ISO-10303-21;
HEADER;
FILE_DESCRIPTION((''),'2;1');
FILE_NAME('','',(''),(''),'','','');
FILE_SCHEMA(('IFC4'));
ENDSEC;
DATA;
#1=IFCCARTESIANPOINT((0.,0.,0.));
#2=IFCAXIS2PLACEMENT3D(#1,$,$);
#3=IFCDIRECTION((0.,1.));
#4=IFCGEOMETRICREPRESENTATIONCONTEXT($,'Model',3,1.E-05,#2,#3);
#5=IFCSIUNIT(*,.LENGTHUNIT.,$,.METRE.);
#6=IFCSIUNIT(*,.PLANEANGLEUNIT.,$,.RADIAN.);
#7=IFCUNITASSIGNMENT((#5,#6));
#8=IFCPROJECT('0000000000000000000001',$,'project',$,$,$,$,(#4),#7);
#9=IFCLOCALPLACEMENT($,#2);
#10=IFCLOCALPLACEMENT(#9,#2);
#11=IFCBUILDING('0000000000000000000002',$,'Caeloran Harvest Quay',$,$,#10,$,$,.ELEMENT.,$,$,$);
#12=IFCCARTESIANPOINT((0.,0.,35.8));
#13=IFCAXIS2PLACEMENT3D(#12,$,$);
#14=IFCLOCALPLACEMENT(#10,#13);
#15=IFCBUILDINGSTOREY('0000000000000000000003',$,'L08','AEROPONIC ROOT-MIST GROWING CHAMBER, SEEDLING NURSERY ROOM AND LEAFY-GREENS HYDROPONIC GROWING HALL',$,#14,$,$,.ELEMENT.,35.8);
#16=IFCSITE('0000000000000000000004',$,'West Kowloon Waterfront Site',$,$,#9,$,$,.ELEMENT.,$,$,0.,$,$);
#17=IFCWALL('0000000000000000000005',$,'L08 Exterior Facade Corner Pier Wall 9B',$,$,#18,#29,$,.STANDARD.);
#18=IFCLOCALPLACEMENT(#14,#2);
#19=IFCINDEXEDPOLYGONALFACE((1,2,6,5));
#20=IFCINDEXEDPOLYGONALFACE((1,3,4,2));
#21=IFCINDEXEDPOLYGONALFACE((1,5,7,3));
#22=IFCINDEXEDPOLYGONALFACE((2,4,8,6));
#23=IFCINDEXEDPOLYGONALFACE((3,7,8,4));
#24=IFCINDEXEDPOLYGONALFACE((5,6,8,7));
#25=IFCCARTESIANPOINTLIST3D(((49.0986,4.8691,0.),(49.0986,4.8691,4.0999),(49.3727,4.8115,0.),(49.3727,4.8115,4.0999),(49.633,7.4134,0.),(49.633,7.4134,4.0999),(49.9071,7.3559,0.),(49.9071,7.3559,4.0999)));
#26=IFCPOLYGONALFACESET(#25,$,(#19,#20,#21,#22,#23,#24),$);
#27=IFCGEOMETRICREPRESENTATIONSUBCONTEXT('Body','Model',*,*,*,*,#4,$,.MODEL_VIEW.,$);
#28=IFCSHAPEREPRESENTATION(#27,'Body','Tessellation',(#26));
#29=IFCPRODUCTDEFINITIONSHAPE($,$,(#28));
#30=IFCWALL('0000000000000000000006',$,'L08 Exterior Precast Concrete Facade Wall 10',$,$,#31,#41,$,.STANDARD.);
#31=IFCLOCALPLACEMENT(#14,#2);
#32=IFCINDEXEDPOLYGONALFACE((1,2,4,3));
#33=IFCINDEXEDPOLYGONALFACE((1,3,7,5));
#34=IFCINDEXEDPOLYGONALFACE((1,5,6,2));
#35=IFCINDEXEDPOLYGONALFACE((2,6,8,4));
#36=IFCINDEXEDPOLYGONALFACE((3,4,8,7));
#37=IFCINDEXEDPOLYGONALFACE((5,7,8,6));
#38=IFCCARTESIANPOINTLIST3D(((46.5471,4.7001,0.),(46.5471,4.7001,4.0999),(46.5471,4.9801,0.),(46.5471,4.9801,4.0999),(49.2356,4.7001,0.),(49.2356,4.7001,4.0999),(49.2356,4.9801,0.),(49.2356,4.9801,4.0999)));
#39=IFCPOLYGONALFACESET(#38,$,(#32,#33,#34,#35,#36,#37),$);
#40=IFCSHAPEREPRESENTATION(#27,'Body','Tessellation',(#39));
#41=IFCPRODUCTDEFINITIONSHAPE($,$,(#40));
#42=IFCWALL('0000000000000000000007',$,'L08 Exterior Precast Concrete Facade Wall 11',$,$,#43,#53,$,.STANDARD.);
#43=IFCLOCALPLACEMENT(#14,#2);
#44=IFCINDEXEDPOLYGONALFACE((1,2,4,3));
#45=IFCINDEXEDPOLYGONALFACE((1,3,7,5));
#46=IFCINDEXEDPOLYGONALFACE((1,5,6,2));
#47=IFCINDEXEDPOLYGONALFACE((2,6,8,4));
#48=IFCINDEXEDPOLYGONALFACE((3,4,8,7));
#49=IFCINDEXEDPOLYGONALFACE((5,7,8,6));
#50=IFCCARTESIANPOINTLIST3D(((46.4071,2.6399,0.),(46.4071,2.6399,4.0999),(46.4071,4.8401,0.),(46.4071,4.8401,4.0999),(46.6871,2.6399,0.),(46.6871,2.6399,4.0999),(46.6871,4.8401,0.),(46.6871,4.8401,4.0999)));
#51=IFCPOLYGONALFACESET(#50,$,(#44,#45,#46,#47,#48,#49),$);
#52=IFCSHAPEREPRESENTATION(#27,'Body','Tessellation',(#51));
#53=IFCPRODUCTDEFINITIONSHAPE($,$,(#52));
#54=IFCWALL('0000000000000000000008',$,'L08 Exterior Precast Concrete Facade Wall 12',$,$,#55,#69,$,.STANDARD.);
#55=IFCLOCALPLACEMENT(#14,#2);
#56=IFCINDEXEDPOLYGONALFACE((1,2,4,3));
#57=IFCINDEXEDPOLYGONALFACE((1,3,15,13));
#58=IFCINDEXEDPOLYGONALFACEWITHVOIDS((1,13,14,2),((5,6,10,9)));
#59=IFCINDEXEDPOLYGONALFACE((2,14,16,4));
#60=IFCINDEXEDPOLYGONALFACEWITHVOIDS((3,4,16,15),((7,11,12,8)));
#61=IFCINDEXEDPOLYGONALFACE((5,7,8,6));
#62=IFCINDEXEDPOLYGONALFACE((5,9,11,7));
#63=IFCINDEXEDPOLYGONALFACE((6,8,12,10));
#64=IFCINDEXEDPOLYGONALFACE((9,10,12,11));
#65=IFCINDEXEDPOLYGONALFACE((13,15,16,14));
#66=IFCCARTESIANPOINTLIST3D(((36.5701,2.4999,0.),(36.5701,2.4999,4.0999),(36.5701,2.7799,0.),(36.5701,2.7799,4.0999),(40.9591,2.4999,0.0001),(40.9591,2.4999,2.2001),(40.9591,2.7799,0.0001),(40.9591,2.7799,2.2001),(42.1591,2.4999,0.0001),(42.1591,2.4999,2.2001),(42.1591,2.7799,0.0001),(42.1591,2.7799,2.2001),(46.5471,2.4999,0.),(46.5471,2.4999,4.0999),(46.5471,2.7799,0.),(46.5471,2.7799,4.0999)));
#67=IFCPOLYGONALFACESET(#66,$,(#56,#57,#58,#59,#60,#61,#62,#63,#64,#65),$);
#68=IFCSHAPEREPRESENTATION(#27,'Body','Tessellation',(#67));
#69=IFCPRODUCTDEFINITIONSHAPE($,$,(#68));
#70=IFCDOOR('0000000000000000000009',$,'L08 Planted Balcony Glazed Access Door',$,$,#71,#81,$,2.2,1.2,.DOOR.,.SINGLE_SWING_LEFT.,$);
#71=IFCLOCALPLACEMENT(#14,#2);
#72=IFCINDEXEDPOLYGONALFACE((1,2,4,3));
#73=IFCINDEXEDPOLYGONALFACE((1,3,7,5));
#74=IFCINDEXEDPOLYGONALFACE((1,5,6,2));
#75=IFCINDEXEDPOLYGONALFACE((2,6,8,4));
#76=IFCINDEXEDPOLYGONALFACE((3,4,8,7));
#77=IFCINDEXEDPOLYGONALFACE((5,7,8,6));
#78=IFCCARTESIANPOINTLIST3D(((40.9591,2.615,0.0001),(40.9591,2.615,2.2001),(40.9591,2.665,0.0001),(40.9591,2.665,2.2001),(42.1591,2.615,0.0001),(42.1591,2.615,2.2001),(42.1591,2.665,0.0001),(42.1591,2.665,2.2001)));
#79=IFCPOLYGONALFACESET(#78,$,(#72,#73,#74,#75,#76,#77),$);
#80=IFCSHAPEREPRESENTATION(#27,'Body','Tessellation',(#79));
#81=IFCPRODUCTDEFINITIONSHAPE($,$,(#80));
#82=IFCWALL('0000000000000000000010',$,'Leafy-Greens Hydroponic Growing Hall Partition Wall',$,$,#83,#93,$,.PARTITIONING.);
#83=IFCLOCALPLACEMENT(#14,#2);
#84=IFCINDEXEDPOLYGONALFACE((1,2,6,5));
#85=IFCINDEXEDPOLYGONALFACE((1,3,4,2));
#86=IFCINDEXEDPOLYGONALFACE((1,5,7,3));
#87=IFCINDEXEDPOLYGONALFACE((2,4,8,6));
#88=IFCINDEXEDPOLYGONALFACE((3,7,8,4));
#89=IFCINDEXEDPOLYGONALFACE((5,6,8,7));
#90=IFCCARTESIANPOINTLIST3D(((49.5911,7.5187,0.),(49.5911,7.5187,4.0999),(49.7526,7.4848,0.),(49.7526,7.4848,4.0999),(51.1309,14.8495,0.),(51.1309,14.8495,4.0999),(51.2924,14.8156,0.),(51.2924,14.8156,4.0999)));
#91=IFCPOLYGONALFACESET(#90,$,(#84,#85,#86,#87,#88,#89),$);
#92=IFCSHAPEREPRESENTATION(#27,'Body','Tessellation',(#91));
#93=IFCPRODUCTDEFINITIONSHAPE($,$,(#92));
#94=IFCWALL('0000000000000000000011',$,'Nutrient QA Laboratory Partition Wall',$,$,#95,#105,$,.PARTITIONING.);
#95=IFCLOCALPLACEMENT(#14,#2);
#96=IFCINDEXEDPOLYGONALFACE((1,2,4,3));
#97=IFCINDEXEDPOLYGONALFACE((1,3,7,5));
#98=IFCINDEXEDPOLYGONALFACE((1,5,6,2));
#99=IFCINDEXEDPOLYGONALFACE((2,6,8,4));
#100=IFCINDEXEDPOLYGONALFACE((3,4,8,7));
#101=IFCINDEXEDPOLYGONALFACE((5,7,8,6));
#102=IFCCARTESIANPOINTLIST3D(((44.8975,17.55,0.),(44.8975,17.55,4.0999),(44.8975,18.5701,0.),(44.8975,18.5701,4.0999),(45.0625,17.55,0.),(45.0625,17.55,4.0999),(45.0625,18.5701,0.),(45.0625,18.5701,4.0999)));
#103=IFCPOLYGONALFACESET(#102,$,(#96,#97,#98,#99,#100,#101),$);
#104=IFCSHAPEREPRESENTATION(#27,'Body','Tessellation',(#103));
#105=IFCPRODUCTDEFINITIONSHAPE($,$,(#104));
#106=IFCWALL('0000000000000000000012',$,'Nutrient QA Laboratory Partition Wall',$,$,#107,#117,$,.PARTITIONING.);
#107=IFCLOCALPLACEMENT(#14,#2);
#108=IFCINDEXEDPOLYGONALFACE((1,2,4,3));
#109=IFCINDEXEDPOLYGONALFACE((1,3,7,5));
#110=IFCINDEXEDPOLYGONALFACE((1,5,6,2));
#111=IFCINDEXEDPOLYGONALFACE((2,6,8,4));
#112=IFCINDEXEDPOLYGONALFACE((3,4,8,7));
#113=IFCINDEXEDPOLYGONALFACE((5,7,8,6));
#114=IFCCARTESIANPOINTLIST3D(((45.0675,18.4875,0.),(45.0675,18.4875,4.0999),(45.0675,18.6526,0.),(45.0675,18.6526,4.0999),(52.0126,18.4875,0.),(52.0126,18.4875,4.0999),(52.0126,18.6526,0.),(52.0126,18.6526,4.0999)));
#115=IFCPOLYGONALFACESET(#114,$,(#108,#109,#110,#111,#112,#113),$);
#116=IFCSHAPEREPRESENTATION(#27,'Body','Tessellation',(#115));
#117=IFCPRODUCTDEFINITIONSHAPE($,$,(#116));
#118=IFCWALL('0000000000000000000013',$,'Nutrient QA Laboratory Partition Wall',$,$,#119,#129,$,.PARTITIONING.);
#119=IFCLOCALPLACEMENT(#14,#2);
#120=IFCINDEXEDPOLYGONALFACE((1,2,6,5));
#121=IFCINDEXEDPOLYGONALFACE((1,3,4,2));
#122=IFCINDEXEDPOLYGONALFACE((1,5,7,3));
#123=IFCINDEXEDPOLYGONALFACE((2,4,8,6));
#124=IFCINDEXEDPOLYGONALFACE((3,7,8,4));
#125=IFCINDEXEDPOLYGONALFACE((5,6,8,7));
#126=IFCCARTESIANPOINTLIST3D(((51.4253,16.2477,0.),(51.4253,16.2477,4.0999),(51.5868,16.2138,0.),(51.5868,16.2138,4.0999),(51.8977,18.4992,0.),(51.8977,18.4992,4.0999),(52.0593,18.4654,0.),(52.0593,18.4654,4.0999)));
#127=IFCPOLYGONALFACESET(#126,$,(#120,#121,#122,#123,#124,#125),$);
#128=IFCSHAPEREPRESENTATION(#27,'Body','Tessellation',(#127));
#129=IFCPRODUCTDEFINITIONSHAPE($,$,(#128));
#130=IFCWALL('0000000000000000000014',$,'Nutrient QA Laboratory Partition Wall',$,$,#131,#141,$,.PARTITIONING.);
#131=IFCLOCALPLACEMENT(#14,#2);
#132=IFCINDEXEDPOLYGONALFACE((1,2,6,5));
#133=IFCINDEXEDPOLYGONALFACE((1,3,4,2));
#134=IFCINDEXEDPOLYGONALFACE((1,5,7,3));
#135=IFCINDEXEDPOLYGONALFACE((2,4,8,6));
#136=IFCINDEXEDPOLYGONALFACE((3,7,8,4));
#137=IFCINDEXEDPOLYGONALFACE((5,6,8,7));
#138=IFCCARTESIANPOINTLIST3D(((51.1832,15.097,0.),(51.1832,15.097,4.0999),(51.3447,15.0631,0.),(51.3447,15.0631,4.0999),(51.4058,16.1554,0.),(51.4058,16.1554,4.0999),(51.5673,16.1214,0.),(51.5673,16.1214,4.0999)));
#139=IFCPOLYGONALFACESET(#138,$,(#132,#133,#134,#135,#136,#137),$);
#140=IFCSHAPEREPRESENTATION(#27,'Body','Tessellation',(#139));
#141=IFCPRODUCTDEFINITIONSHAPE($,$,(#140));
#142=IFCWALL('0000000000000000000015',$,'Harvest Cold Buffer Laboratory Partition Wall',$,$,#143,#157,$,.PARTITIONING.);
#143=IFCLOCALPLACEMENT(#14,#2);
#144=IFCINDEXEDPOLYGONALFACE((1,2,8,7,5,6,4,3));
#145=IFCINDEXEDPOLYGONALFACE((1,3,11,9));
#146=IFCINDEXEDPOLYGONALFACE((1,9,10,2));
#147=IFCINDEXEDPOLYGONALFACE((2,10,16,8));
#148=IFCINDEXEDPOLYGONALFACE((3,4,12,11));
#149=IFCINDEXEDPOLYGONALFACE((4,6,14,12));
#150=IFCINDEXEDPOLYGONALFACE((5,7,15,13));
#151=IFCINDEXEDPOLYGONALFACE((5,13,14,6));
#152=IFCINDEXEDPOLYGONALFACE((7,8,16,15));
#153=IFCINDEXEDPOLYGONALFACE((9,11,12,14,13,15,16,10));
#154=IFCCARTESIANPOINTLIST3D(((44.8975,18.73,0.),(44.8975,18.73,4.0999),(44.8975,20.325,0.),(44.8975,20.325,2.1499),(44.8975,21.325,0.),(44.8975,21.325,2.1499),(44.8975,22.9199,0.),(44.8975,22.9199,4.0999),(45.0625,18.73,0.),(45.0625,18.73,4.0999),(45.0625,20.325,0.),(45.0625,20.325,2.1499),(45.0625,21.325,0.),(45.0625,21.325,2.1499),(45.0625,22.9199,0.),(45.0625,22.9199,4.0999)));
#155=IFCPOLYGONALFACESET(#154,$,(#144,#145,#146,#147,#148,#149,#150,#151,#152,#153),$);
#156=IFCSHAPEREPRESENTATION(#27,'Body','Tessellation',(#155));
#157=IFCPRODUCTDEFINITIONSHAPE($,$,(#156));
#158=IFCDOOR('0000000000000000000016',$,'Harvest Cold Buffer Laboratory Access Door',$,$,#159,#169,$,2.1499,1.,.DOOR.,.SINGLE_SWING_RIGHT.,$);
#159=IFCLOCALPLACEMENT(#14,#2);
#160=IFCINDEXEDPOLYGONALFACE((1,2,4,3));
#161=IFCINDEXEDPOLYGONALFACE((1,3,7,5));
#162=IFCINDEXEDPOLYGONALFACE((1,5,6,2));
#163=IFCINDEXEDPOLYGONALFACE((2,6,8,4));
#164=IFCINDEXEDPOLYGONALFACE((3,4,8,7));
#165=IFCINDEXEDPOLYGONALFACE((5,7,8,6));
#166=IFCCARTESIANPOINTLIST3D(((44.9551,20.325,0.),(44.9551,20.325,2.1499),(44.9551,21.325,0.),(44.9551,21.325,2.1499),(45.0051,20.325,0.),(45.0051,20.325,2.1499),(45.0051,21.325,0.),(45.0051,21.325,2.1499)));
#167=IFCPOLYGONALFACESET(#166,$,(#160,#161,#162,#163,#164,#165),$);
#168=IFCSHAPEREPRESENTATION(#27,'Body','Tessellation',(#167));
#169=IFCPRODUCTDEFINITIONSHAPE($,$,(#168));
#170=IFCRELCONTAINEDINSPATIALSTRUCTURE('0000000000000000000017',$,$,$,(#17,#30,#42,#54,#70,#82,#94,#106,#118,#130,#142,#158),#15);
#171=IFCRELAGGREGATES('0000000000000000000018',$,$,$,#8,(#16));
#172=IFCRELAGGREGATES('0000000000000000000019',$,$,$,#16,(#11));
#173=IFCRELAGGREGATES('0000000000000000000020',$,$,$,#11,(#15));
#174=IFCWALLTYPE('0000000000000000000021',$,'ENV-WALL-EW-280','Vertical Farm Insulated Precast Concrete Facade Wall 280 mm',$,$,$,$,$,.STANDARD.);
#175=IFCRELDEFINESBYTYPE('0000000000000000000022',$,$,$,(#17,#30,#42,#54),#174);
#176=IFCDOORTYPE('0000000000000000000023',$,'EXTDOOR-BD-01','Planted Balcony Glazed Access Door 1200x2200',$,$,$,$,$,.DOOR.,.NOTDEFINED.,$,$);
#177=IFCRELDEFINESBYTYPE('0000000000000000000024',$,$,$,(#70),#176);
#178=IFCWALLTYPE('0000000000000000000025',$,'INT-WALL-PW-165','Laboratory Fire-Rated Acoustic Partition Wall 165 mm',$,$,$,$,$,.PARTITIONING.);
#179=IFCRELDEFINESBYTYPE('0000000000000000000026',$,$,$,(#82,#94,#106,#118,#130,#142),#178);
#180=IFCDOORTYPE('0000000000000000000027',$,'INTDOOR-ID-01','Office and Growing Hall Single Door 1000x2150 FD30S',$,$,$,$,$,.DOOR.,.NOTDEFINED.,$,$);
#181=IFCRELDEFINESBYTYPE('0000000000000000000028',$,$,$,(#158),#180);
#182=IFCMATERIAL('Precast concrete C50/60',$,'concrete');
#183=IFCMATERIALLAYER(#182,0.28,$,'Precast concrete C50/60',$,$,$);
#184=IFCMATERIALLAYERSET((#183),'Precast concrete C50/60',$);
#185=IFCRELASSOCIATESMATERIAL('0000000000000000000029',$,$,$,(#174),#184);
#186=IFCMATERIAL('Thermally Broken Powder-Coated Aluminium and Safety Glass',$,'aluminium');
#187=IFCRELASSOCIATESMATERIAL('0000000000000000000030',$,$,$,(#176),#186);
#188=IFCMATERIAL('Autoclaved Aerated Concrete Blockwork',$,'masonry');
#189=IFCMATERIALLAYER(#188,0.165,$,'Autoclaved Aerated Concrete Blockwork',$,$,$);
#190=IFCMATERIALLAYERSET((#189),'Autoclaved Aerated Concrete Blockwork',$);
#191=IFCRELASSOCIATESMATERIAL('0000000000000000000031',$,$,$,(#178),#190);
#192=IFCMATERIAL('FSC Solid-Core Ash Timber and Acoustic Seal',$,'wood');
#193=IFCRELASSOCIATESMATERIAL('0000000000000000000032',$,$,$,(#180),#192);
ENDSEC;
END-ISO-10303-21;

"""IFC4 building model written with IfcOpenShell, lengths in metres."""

from ifc_helpers import new_model, si_unit, direction, frame, frame_2d, origin, place, context, subcontext, project, spatial, rectangle, extrude, material, layer, layer_set, type_object, element, fill, save


model = new_model("IFC4")

# Units and contexts
model_context = context("Model", 3, precision=1e-05, world=origin(), true_north=direction((0.0, 1.0)))
body_context = subcontext(model_context, "Body", "Model", "MODEL_VIEW")
ifc_project = project(units=[si_unit("LENGTHUNIT", "METRE"), si_unit("PLANEANGLEUNIT", "RADIAN")], contexts=[model_context])

# Site, building, storey
site_placement = place(None, origin())
site = spatial("IfcSite", under=ifc_project, at=site_placement, Name="West Kowloon Waterfront Site", CompositionType="ELEMENT", RefElevation=0.0)
building_placement = place(site_placement, origin())
building = spatial("IfcBuilding", under=site, at=building_placement, Name="Caeloran Harvest Quay", CompositionType="ELEMENT")
storey_placement = place(building_placement, frame((0.0, 0.0, 35.8)))
storey = spatial("IfcBuildingStorey", under=building, at=storey_placement, Name="L08", Description="AEROPONIC ROOT-MIST GROWING CHAMBER, SEEDLING NURSERY ROOM AND LEAFY-GREENS HYDROPONIC GROWING HALL", CompositionType="ELEMENT", Elevation=35.8)

# Shared definitions
ifc_material_1 = material(Name="Precast concrete C50/60", Category="concrete")

# Walls
ifc_layer_1 = layer(ifc_material_1, 0.28, Name="Precast concrete C50/60")
ifc_layer_set_1 = layer_set([ifc_layer_1], Name="Precast concrete C50/60")
wall_type_1 = type_object("IfcWallType", Name="ENV-WALL-EW-280", Description="Vertical Farm Insulated Precast Concrete Facade Wall 280 mm", PredefinedType="STANDARD", material=ifc_layer_set_1)
wall_1_placement = place(storey_placement, frame((49.77, 7.3845, 0.0), z_axis=(0.0, 0.0, 1.0), x_axis=(-0.205551, -0.978646, 0.0)))
element("IfcWall", 1, at=wall_1_placement, inside=storey, type_object=wall_type_1, Name="L08 Exterior Facade Corner Pier Wall 9B", PredefinedType="STANDARD", context=body_context, shape_type="SweptSolid", body=[
    extrude(rectangle(XDim=2.5999, YDim=0.28, at=frame_2d((1.2998, 0.0))), origin(), (0.0, 0.0, 1.0), 4.0999),
])
wall_2_placement = place(storey_placement, frame((49.2356, 4.8401, 0.0), z_axis=(0.0, 0.0, 1.0), x_axis=(-1.0, 0.0, 0.0)))
element("IfcWall", 2, at=wall_2_placement, inside=storey, type_object=wall_type_1, Name="L08 Exterior Precast Concrete Facade Wall 10", PredefinedType="STANDARD", context=body_context, shape_type="SweptSolid", body=[
    extrude(rectangle(XDim=2.6885, YDim=0.28, at=frame_2d((1.3442, 0.0))), origin(), (0.0, 0.0, 1.0), 4.0999),
])
wall_3_placement = place(storey_placement, frame((46.5471, 4.8401, 0.0), z_axis=(0.0, 0.0, 1.0), x_axis=(0.0, -1.0, 0.0)))
element("IfcWall", 3, at=wall_3_placement, inside=storey, type_object=wall_type_1, Name="L08 Exterior Precast Concrete Facade Wall 11", PredefinedType="STANDARD", context=body_context, shape_type="SweptSolid", body=[
    extrude(rectangle(XDim=2.2002, YDim=0.28, at=frame_2d((1.1001, 0.0))), origin(), (0.0, 0.0, 1.0), 4.0999),
])

# Wall, opening, door
wall_4_placement = place(storey_placement, frame((46.5471, 2.6399, 0.0), z_axis=(0.0, 0.0, 1.0), x_axis=(-1.0, 0.0, 0.0)))
wall_4 = element("IfcWall", 4, at=wall_4_placement, inside=storey, type_object=wall_type_1, Name="L08 Exterior Precast Concrete Facade Wall 12", PredefinedType="STANDARD", context=body_context, shape_type="SweptSolid", body=[
    extrude(rectangle(XDim=9.9771, YDim=0.28, at=frame_2d((4.9885, 0.0))), origin(), (0.0, 0.0, 1.0), 4.0999),
])
opening_1_placement = place(wall_4_placement, frame((4.3879, 0.0, 0.0)))
opening_1 = element("IfcOpeningElement", 5, at=opening_1_placement, cuts=wall_4, PredefinedType="OPENING", context=body_context, shape_type="SweptSolid", body=[
    extrude(rectangle(XDim=1.2, YDim=2.2, at=frame_2d((0.6001, 1.1001))), frame((0.0, 0.1499, 0.0), z_axis=(0.0, -1.0, 0.0), x_axis=(1.0, 0.0, 0.0)), (0.0, 0.0, 1.0), 0.3),
])
ifc_material_2 = material(Name="Thermally Broken Powder-Coated Aluminium and Safety Glass", Category="aluminium")
door_type_1 = type_object("IfcDoorType", Name="EXTDOOR-BD-01", Description="Planted Balcony Glazed Access Door 1200x2200", OperationType="NOTDEFINED", PredefinedType="DOOR", material=ifc_material_2)
door_1_placement = place(opening_1_placement, origin())
door_1 = element("IfcDoor", 6, at=door_1_placement, inside=storey, type_object=door_type_1, Name="L08 Planted Balcony Glazed Access Door", OperationType="SINGLE_SWING_LEFT", OverallHeight=2.2, OverallWidth=1.2, PredefinedType="DOOR", context=body_context, shape_type="SweptSolid", body=[
    extrude(rectangle(XDim=1.2, YDim=2.2, at=frame_2d((0.6001, 1.1001))), frame((0.0, 0.0249, 0.0), z_axis=(0.0, -1.0, 0.0), x_axis=(1.0, 0.0, 0.0)), (0.0, 0.0, 1.0), 0.05),
])
fill(opening_1, door_1)

# Walls
ifc_material_3 = material(Name="Autoclaved Aerated Concrete Blockwork", Category="masonry")
ifc_layer_2 = layer(ifc_material_3, 0.165, Name="Autoclaved Aerated Concrete Blockwork")
ifc_layer_set_2 = layer_set([ifc_layer_2], Name="Autoclaved Aerated Concrete Blockwork")
wall_type_2 = type_object("IfcWallType", Name="INT-WALL-PW-165", Description="Laboratory Fire-Rated Acoustic Partition Wall 165 mm", PredefinedType="PARTITIONING", material=ifc_layer_set_2)
wall_5_placement = place(storey_placement, frame((51.2117, 14.8325, 0.0), z_axis=(0.0, 0.0, 1.0), x_axis=(-0.205559, -0.978645, 0.0)))
element("IfcWall", 7, at=wall_5_placement, inside=storey, type_object=wall_type_2, Name="Leafy-Greens Hydroponic Growing Hall Partition Wall", PredefinedType="PARTITIONING", context=body_context, shape_type="SweptSolid", body=[
    extrude(rectangle(XDim=7.4907, YDim=0.165, at=frame_2d((3.7454, 0.0))), origin(), (0.0, 0.0, 1.0), 4.0999),
])
wall_6_placement = place(storey_placement, frame((44.98, 17.55, 0.0), z_axis=(0.0, 0.0, 1.0), x_axis=(0.0, 1.0, 0.0)))
element("IfcWall", 8, at=wall_6_placement, inside=storey, type_object=wall_type_2, Name="Nutrient QA Laboratory Partition Wall", PredefinedType="PARTITIONING", context=body_context, shape_type="SweptSolid", body=[
    extrude(rectangle(XDim=1.02, YDim=0.165, at=frame_2d((0.51, 0.0))), origin(), (0.0, 0.0, 1.0), 4.0999),
])
wall_7_placement = place(storey_placement, frame((45.0674, 18.5701, 0.0), z_axis=(0.0, 0.0, 1.0), x_axis=(1.0, 0.0, 0.0)))
element("IfcWall", 9, at=wall_7_placement, inside=storey, type_object=wall_type_2, Name="Nutrient QA Laboratory Partition Wall", PredefinedType="PARTITIONING", context=body_context, shape_type="SweptSolid", body=[
    extrude(rectangle(XDim=6.9451, YDim=0.165, at=frame_2d((3.4727, 0.0))), origin(), (0.0, 0.0, 1.0), 4.0999),
])
wall_8_placement = place(storey_placement, frame((51.9785, 18.4824, 0.0), z_axis=(0.0, 0.0, 1.0), x_axis=(-0.205353, -0.978688, 0.0)))
element("IfcWall", 10, at=wall_8_placement, inside=storey, type_object=wall_type_2, Name="Nutrient QA Laboratory Partition Wall", PredefinedType="PARTITIONING", context=body_context, shape_type="SweptSolid", body=[
    extrude(rectangle(XDim=2.3005, YDim=0.165, at=frame_2d((1.1504, 0.0))), origin(), (0.0, 0.0, 1.0), 4.0999),
])
wall_9_placement = place(storey_placement, frame((51.4866, 16.1384, 0.0), z_axis=(0.0, 0.0, 1.0), x_axis=(-0.205874, -0.978579, 0.0)))
element("IfcWall", 11, at=wall_9_placement, inside=storey, type_object=wall_type_2, Name="Nutrient QA Laboratory Partition Wall", PredefinedType="PARTITIONING", context=body_context, shape_type="SweptSolid", body=[
    extrude(rectangle(XDim=1.0815, YDim=0.165, at=frame_2d((0.5408, 0.0))), origin(), (0.0, 0.0, 1.0), 4.0999),
])

# Wall, opening, door
wall_10_placement = place(storey_placement, frame((44.98, 18.73, 0.0), z_axis=(0.0, 0.0, 1.0), x_axis=(0.0, 1.0, 0.0)))
wall_10 = element("IfcWall", 12, at=wall_10_placement, inside=storey, type_object=wall_type_2, Name="Harvest Cold Buffer Laboratory Partition Wall", PredefinedType="PARTITIONING", context=body_context, shape_type="SweptSolid", body=[
    extrude(rectangle(XDim=4.1899, YDim=0.165, at=frame_2d((2.095, 0.0))), origin(), (0.0, 0.0, 1.0), 4.0999),
])
opening_2_placement = place(wall_10_placement, frame((1.595, 0.0, 0.0)))
opening_2 = element("IfcOpeningElement", 13, at=opening_2_placement, cuts=wall_10, PredefinedType="OPENING", context=body_context, shape_type="SweptSolid", body=[
    extrude(rectangle(XDim=1.0, YDim=2.1499, at=frame_2d((0.5, 1.075))), frame((0.0, 0.0925, 0.0), z_axis=(0.0, -1.0, 0.0), x_axis=(1.0, 0.0, 0.0)), (0.0, 0.0, 1.0), 0.1851),
])
ifc_material_4 = material(Name="FSC Solid-Core Ash Timber and Acoustic Seal", Category="wood")
door_type_2 = type_object("IfcDoorType", Name="INTDOOR-ID-01", Description="Office and Growing Hall Single Door 1000x2150 FD30S", OperationType="NOTDEFINED", PredefinedType="DOOR", material=ifc_material_4)
door_2_placement = place(opening_2_placement, origin())
door_2 = element("IfcDoor", 14, at=door_2_placement, inside=storey, type_object=door_type_2, Name="Harvest Cold Buffer Laboratory Access Door", OperationType="SINGLE_SWING_RIGHT", OverallHeight=2.1499, OverallWidth=1.0, PredefinedType="DOOR", context=body_context, shape_type="SweptSolid", body=[
    extrude(rectangle(XDim=1.0, YDim=2.1499, at=frame_2d((0.5, 1.075))), frame((0.0, 0.0249, 0.0), z_axis=(0.0, -1.0, 0.0), x_axis=(1.0, 0.0, 0.0)), (0.0, 0.0, 1.0), 0.05),
])
fill(opening_2, door_2)

save(model, "model.ifc")
